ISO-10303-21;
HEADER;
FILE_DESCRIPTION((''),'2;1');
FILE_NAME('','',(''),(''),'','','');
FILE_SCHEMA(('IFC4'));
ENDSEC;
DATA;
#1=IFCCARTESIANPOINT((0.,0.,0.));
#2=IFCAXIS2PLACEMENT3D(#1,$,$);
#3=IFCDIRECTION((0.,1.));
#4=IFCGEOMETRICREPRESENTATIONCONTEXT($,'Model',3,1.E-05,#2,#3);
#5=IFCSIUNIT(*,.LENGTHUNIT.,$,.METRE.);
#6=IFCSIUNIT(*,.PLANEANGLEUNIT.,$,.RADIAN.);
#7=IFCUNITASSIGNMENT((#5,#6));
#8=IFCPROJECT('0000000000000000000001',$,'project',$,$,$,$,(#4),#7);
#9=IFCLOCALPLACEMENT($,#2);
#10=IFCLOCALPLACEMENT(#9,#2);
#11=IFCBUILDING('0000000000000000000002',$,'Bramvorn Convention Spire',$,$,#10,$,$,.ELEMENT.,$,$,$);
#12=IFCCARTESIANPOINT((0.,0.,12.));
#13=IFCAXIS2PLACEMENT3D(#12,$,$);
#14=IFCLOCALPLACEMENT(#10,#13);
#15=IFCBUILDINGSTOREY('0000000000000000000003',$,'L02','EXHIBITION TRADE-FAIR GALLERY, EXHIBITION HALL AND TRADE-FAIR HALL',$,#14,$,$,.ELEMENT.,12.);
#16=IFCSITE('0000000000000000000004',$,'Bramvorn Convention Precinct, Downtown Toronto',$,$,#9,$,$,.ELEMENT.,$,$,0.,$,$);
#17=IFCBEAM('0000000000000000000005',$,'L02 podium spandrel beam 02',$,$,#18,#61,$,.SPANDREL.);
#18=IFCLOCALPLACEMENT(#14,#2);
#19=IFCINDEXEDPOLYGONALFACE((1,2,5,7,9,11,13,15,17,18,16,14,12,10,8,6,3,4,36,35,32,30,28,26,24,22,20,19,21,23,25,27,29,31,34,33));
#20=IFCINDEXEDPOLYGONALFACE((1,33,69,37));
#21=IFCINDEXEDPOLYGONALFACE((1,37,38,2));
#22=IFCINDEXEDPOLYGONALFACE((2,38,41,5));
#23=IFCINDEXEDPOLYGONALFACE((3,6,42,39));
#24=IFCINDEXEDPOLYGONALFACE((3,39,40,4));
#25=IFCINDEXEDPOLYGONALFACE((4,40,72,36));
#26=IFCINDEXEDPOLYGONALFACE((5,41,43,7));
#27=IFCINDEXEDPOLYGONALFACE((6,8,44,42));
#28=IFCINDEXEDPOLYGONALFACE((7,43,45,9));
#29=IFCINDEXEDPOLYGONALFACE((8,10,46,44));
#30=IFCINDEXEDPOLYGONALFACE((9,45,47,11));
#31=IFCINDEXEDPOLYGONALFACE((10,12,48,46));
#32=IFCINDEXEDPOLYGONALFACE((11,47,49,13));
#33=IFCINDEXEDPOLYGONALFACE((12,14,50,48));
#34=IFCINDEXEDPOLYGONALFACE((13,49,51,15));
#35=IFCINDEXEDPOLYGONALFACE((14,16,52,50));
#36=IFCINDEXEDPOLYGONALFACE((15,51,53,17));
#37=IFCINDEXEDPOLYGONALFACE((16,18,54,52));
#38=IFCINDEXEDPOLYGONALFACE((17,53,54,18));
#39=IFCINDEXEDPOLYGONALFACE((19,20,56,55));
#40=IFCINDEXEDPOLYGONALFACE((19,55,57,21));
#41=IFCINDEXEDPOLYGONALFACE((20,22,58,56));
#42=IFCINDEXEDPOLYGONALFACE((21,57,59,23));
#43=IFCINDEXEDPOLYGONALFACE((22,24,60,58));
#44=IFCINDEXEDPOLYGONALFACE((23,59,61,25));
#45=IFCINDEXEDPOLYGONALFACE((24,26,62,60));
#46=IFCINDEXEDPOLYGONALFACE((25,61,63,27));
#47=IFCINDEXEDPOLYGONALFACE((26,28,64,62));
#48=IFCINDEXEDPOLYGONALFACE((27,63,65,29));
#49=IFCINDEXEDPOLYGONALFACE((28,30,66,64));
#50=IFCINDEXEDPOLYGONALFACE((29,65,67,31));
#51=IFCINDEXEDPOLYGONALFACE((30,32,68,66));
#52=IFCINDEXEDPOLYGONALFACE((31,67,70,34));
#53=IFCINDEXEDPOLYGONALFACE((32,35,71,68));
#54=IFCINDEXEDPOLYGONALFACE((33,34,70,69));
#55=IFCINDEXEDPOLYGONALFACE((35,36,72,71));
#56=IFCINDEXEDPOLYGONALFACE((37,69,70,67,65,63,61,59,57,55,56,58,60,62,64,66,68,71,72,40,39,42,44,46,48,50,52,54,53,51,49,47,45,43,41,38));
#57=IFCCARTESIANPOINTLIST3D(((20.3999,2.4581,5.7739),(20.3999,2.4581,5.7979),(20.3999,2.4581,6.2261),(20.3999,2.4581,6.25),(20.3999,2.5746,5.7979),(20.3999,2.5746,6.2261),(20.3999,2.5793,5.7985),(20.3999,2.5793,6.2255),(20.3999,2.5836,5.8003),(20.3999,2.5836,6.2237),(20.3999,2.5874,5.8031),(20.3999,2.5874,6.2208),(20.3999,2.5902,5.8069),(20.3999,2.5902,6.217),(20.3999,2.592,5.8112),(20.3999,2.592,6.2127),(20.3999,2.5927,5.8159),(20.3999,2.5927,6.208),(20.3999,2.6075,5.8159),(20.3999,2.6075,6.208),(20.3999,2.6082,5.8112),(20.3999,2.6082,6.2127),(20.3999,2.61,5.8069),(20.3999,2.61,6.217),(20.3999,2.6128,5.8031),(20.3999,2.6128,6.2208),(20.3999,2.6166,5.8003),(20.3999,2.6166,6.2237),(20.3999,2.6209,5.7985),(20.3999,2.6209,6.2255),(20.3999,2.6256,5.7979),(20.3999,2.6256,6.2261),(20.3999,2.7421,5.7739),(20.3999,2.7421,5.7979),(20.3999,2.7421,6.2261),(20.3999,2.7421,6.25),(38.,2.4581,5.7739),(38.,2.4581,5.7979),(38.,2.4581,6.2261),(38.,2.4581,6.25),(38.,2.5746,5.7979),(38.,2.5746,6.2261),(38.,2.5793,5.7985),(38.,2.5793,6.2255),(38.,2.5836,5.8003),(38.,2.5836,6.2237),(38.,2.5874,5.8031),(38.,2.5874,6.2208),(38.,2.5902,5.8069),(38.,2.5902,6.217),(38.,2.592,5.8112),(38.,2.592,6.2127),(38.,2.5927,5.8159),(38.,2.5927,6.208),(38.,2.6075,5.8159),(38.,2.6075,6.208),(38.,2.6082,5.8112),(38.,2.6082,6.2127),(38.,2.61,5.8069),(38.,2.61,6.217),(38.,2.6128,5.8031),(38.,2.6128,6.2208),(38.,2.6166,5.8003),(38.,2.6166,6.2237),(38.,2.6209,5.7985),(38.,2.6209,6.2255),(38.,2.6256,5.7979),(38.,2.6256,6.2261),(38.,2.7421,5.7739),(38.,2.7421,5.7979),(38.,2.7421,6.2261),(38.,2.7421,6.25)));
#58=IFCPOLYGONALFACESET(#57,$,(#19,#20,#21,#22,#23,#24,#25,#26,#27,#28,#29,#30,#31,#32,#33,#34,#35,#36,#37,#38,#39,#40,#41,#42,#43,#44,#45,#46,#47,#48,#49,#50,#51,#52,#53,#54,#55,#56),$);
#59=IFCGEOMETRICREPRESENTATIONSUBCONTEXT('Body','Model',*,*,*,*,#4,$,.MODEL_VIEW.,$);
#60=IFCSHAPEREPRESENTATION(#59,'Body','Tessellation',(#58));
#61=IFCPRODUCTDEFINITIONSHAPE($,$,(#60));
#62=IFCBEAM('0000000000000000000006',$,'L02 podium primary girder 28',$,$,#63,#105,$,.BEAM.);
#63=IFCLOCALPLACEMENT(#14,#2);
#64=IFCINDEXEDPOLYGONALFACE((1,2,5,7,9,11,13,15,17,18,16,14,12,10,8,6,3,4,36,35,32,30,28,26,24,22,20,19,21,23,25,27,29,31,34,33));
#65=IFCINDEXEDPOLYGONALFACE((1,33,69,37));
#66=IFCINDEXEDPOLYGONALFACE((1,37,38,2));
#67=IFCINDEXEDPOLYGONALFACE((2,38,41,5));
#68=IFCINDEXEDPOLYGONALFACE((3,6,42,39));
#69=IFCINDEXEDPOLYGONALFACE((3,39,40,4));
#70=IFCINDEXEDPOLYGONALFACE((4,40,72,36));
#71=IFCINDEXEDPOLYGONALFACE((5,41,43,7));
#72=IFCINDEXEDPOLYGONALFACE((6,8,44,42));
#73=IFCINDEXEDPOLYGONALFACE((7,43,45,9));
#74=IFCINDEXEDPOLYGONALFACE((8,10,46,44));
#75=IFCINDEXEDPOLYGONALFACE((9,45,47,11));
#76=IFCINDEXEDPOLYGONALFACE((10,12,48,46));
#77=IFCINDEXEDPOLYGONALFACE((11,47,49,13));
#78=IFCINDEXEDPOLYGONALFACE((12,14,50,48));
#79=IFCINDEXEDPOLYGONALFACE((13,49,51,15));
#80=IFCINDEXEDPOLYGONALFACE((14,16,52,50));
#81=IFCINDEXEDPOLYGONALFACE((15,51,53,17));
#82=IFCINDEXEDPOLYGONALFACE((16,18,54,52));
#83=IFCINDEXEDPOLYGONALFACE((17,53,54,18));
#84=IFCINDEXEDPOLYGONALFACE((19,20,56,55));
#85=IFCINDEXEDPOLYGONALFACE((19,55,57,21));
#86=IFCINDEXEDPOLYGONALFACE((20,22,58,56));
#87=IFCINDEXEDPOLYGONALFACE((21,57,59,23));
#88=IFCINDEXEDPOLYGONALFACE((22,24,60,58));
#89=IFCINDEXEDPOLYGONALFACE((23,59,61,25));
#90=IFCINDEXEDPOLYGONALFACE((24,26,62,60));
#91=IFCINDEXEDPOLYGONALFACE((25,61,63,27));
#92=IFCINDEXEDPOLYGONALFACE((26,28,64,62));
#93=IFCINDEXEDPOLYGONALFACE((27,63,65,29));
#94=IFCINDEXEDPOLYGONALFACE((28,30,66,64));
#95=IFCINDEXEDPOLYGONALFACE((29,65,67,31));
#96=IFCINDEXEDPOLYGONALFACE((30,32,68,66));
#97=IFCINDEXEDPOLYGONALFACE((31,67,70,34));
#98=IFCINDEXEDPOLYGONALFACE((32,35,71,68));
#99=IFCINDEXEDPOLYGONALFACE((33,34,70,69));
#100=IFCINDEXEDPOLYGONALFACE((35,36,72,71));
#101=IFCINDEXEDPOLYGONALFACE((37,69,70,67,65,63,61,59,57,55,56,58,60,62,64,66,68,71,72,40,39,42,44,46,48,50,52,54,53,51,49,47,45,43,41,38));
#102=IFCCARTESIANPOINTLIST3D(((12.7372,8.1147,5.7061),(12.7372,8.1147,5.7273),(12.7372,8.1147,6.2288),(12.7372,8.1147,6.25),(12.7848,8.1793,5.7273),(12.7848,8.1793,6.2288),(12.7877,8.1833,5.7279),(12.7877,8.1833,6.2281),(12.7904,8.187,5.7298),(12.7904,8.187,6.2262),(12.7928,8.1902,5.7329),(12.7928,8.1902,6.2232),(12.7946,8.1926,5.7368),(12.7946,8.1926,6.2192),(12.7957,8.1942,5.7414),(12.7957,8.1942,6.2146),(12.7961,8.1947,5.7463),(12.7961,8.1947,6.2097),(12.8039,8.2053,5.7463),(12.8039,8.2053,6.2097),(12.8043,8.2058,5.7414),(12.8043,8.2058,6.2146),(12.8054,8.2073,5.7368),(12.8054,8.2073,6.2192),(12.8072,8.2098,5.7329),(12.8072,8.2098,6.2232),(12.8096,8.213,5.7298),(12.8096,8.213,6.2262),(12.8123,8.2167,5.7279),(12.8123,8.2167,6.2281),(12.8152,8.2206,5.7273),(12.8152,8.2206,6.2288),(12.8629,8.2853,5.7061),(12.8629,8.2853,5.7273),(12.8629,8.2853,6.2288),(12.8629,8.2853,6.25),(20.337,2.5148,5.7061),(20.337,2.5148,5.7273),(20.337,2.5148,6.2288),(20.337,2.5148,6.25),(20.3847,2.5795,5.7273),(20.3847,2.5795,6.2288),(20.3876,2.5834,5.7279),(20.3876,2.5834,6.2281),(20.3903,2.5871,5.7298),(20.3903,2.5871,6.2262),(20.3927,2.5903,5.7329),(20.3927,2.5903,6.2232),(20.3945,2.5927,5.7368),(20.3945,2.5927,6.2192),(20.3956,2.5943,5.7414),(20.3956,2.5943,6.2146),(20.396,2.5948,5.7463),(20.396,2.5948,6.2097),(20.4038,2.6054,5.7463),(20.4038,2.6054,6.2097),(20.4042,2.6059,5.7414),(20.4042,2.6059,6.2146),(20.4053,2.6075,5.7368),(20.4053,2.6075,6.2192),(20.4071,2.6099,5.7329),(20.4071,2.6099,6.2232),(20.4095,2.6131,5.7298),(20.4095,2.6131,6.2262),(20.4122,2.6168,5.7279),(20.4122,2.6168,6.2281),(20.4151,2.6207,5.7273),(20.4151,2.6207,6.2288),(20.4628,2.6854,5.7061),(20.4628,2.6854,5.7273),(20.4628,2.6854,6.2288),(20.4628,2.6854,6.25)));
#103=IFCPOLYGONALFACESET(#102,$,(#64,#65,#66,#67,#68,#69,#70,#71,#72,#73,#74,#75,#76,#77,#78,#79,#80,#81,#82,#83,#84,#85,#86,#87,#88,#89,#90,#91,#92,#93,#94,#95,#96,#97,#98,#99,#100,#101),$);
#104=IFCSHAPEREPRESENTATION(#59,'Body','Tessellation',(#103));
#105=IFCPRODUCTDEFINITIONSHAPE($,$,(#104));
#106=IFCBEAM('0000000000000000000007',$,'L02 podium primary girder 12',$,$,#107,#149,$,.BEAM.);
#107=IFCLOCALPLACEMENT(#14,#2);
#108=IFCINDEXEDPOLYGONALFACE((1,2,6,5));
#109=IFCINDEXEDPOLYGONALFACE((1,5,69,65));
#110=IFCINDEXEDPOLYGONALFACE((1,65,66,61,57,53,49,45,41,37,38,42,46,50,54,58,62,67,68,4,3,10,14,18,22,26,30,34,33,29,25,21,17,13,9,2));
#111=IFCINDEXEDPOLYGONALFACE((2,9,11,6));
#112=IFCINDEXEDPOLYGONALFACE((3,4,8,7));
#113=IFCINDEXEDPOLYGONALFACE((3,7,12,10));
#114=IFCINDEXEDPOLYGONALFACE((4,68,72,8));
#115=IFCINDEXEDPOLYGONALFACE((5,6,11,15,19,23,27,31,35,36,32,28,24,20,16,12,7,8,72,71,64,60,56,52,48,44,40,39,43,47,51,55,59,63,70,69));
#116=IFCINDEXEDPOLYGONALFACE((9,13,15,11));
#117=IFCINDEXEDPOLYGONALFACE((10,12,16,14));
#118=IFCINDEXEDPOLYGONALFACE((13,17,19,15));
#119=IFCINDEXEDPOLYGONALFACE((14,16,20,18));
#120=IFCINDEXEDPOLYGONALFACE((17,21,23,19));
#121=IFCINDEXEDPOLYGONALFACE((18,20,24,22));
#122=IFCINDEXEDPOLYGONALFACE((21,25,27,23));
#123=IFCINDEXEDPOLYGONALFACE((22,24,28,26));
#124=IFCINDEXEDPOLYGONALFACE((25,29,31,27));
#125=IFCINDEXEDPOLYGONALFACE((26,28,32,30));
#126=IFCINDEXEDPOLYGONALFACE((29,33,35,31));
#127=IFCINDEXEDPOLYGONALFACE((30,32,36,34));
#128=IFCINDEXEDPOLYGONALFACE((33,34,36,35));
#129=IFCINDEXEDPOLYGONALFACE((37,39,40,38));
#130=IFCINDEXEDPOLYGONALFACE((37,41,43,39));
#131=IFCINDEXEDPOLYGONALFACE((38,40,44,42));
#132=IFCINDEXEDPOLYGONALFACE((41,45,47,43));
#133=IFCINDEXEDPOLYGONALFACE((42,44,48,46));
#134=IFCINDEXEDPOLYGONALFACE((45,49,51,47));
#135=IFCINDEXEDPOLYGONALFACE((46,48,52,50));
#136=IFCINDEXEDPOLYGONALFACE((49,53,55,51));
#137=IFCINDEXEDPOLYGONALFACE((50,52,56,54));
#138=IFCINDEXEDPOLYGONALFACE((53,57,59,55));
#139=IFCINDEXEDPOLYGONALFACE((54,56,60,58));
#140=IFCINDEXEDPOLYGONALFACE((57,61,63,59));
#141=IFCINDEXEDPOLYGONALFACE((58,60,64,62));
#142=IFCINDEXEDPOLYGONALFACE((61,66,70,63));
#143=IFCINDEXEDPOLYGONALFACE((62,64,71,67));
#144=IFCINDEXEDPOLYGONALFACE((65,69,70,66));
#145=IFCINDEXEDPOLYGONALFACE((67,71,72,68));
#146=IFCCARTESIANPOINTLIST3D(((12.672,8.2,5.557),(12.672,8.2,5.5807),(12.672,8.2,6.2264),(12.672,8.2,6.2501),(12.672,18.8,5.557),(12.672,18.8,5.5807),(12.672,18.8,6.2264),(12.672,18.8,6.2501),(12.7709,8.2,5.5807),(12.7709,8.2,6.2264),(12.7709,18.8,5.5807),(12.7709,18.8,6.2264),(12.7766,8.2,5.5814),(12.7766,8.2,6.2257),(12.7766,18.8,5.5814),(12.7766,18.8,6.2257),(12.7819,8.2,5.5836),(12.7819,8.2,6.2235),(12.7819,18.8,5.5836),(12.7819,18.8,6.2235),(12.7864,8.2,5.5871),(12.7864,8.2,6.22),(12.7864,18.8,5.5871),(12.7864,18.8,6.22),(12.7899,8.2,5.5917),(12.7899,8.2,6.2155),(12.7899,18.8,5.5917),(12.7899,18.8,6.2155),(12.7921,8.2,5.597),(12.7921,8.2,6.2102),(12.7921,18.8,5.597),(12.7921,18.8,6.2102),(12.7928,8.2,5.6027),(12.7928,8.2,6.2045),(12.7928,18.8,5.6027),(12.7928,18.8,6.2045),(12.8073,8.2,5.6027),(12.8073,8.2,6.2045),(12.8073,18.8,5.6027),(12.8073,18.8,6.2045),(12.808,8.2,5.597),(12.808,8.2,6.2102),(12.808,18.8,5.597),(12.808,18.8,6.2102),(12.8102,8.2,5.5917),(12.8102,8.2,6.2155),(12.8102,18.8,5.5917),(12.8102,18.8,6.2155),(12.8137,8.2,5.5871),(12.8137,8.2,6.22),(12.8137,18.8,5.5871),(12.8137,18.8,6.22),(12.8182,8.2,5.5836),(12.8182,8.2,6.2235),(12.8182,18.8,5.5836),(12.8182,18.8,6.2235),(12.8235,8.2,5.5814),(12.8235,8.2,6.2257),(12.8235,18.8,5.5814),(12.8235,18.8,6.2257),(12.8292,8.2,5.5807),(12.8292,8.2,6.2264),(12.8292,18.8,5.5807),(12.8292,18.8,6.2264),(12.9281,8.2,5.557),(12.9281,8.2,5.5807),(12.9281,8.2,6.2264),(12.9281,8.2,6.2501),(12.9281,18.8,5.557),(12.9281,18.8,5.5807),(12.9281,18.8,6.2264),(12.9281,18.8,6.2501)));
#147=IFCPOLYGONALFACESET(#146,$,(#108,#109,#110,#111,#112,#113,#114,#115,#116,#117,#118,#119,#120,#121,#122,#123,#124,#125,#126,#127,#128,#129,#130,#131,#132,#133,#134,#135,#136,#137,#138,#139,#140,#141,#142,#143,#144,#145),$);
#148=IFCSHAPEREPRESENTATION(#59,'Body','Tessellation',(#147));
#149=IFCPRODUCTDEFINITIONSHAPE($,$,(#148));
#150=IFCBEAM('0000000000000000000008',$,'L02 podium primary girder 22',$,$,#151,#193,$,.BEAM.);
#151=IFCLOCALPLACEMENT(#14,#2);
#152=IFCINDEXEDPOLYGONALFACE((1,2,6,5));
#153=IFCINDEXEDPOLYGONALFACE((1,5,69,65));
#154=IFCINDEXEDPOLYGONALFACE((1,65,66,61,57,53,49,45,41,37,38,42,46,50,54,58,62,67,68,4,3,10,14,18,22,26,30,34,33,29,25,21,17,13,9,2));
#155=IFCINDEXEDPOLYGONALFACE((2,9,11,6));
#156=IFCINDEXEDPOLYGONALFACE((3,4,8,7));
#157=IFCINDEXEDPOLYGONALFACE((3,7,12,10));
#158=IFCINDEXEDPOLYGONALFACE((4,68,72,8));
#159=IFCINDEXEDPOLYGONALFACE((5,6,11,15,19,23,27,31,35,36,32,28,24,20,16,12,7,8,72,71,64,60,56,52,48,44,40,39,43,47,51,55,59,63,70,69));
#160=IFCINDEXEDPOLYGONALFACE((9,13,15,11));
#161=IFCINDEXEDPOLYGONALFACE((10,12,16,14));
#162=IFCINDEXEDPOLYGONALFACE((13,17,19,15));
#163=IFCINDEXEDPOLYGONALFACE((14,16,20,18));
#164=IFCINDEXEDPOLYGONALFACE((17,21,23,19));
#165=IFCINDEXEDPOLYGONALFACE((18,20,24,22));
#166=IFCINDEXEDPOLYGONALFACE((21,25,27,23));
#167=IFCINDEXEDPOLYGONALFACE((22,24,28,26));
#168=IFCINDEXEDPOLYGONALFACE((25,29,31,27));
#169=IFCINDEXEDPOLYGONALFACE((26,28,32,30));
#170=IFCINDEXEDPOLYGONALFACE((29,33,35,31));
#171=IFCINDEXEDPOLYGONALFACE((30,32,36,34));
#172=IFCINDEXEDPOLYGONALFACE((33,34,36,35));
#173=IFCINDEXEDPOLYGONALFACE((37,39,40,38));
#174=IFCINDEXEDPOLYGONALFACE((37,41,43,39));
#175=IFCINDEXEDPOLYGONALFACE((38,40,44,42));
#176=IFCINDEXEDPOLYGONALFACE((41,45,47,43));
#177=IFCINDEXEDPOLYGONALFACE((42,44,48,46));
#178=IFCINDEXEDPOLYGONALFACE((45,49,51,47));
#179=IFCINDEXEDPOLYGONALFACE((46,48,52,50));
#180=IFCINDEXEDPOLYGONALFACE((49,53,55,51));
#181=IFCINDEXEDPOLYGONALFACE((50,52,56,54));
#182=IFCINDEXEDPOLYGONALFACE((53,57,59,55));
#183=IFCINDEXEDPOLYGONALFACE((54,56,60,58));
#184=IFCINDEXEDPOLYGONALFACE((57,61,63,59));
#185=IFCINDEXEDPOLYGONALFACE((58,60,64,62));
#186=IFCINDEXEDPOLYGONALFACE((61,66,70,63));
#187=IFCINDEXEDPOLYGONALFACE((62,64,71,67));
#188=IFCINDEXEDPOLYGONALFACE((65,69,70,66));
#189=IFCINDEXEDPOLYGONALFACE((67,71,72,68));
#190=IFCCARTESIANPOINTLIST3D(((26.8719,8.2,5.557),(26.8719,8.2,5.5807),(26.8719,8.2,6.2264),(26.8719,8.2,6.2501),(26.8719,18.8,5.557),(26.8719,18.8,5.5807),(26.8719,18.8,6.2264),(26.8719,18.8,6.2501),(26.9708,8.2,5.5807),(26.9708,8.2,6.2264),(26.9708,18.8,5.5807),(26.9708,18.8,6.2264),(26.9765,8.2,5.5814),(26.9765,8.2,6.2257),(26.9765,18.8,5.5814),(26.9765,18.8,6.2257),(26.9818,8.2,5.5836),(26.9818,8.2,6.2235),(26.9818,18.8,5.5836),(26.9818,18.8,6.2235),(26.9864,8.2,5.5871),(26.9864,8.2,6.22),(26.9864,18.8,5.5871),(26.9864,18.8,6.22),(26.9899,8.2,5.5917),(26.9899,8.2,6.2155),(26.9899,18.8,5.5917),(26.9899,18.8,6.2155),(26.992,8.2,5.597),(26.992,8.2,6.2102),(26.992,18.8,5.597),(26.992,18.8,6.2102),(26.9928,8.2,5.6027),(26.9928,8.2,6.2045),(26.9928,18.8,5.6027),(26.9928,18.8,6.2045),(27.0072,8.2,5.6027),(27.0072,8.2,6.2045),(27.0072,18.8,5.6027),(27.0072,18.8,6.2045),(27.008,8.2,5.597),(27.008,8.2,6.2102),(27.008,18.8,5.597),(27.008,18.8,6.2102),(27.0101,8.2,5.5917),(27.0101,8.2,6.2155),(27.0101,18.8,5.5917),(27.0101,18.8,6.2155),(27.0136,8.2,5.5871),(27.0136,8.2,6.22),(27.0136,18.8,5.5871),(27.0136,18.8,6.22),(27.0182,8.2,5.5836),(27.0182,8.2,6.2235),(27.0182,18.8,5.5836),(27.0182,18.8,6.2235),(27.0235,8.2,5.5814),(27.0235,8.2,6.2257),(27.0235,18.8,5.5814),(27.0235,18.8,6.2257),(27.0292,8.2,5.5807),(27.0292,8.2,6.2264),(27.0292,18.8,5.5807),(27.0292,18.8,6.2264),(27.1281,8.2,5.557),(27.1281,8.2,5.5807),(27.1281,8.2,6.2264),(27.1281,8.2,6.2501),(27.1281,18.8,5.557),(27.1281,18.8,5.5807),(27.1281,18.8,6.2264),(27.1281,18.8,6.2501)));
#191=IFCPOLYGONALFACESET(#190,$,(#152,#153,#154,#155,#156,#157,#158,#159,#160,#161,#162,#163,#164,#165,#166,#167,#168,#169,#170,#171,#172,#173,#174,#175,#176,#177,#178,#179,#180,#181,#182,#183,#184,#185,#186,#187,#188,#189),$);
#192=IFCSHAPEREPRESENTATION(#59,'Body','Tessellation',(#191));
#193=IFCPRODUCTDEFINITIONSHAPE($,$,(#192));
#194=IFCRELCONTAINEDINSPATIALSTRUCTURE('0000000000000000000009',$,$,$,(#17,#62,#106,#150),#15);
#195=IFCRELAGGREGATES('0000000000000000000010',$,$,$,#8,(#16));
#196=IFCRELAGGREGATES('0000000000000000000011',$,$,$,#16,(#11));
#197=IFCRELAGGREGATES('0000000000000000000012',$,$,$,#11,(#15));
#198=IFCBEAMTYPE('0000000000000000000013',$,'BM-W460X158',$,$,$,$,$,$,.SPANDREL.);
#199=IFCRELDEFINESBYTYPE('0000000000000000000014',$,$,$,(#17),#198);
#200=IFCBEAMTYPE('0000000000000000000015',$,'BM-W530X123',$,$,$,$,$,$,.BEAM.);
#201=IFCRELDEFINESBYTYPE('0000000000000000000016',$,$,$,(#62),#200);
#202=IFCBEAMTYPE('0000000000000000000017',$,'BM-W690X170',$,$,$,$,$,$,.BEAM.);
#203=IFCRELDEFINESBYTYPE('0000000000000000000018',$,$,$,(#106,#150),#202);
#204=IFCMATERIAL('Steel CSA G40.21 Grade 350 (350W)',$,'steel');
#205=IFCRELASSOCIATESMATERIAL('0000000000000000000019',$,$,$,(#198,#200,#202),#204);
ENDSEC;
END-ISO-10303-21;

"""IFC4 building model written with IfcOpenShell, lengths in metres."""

from ifc_helpers import new_model, si_unit, direction, frame, origin, origin_2d, place, context, subcontext, project, spatial, i_section, extrude, material, material_profile, profile_set, type_object, element, save


model = new_model("IFC4")

# Units and contexts
model_context = context("Model", 3, precision=1e-05, world=origin(), true_north=direction((0.0, 1.0)))
body_context = subcontext(model_context, "Body", "Model", "MODEL_VIEW")
ifc_project = project(units=[si_unit("LENGTHUNIT", "METRE"), si_unit("PLANEANGLEUNIT", "RADIAN")], contexts=[model_context])

# Site, building, storey
site_placement = place(None, origin())
site = spatial("IfcSite", under=ifc_project, at=site_placement, Name="Bramvorn Convention Precinct, Downtown Toronto", CompositionType="ELEMENT", RefElevation=0.0)
building_placement = place(site_placement, origin())
building = spatial("IfcBuilding", under=site, at=building_placement, Name="Bramvorn Convention Spire", CompositionType="ELEMENT")
storey_placement = place(building_placement, frame((0.0, 0.0, 12.0)))
storey = spatial("IfcBuildingStorey", under=building, at=storey_placement, Name="L02", Description="EXHIBITION TRADE-FAIR GALLERY, EXHIBITION HALL AND TRADE-FAIR HALL", CompositionType="ELEMENT", Elevation=12.0)

# Shared definitions
ifc_material_1 = material(Name="Steel CSA G40.21 Grade 350 (350W)", Category="steel")

# Beams
ifc_material_profile_1 = material_profile(ifc_material_1, i_section(OverallWidth=0.2839, OverallDepth=0.4761, WebThickness=0.0149, FlangeThickness=0.0239, FilletRadius=0.0181, at=origin_2d()))
ifc_profile_set_1 = profile_set([ifc_material_profile_1], Name="Steel CSA G40.21 Grade 350 (350W) - W460X158")
beam_type_1 = type_object("IfcBeamType", Name="BM-W460X158", PredefinedType="SPANDREL", material=ifc_profile_set_1)
beam_1_placement = place(storey_placement, frame((20.3999, 2.6001, 6.012), z_axis=(1.0, 0.0, 0.0), x_axis=(0.0, 1.0, 0.0)))
element("IfcBeam", 1, at=beam_1_placement, inside=storey, type_object=beam_type_1, Name="L02 podium spandrel beam 02", PredefinedType="SPANDREL", context=body_context, shape_type="SweptSolid", body=[
    extrude(i_section(OverallWidth=0.2839, OverallDepth=0.4761, WebThickness=0.0149, FlangeThickness=0.0239, FilletRadius=0.0181, at=origin_2d()), origin(), (0.0, 0.0, 1.0), 17.6001),
])
ifc_material_profile_2 = material_profile(ifc_material_1, i_section(OverallWidth=0.2119, OverallDepth=0.5439, WebThickness=0.0132, FlangeThickness=0.0212, FilletRadius=0.019, at=origin_2d()))
ifc_profile_set_2 = profile_set([ifc_material_profile_2], Name="Steel CSA G40.21 Grade 350 (350W) - W530X123")
beam_type_2 = type_object("IfcBeamType", Name="BM-W530X123", PredefinedType="BEAM", material=ifc_profile_set_2)
beam_2_placement = place(storey_placement, frame((20.3999, 2.6001, 5.978), z_axis=(-0.805058, 0.593196, 0.0), x_axis=(-0.593196, -0.805058, 0.0)))
element("IfcBeam", 2, at=beam_2_placement, inside=storey, type_object=beam_type_2, Name="L02 podium primary girder 28", PredefinedType="BEAM", context=body_context, shape_type="SweptSolid", body=[
    extrude(i_section(OverallWidth=0.2119, OverallDepth=0.5439, WebThickness=0.0132, FlangeThickness=0.0212, FilletRadius=0.019, at=origin_2d()), origin(), (0.0, 0.0, 1.0), 9.4402),
])
ifc_material_profile_3 = material_profile(ifc_material_1, i_section(OverallWidth=0.2561, OverallDepth=0.6931, WebThickness=0.0144, FlangeThickness=0.0237, FilletRadius=0.022, at=origin_2d()))
ifc_profile_set_3 = profile_set([ifc_material_profile_3], Name="Steel CSA G40.21 Grade 350 (350W) - W690X170")
beam_type_3 = type_object("IfcBeamType", Name="BM-W690X170", PredefinedType="BEAM", material=ifc_profile_set_3)
for number, where, z_axis, x_axis, name in (
    (3, (12.8, 8.2, 5.9036), (0.0, 1.0, 0.0), (-1.0, 0.0, 0.0), "L02 podium primary girder 12"),
    (4, (27.0, 8.2, 5.9036), (0.0, 1.0, 0.0), (-1.0, 0.0, 0.0), "L02 podium primary girder 22"),
):
    element("IfcBeam", number, at=place(storey_placement, frame(where, z_axis=z_axis, x_axis=x_axis)), inside=storey, type_object=beam_type_3, Name=name, PredefinedType="BEAM", context=body_context, shape_type="SweptSolid", body=[
        extrude(i_section(OverallWidth=0.2561, OverallDepth=0.6931, WebThickness=0.0144, FlangeThickness=0.0237, FilletRadius=0.022, at=origin_2d()), origin(), (0.0, 0.0, 1.0), 10.6001),
    ])

save(model, "model.ifc")
